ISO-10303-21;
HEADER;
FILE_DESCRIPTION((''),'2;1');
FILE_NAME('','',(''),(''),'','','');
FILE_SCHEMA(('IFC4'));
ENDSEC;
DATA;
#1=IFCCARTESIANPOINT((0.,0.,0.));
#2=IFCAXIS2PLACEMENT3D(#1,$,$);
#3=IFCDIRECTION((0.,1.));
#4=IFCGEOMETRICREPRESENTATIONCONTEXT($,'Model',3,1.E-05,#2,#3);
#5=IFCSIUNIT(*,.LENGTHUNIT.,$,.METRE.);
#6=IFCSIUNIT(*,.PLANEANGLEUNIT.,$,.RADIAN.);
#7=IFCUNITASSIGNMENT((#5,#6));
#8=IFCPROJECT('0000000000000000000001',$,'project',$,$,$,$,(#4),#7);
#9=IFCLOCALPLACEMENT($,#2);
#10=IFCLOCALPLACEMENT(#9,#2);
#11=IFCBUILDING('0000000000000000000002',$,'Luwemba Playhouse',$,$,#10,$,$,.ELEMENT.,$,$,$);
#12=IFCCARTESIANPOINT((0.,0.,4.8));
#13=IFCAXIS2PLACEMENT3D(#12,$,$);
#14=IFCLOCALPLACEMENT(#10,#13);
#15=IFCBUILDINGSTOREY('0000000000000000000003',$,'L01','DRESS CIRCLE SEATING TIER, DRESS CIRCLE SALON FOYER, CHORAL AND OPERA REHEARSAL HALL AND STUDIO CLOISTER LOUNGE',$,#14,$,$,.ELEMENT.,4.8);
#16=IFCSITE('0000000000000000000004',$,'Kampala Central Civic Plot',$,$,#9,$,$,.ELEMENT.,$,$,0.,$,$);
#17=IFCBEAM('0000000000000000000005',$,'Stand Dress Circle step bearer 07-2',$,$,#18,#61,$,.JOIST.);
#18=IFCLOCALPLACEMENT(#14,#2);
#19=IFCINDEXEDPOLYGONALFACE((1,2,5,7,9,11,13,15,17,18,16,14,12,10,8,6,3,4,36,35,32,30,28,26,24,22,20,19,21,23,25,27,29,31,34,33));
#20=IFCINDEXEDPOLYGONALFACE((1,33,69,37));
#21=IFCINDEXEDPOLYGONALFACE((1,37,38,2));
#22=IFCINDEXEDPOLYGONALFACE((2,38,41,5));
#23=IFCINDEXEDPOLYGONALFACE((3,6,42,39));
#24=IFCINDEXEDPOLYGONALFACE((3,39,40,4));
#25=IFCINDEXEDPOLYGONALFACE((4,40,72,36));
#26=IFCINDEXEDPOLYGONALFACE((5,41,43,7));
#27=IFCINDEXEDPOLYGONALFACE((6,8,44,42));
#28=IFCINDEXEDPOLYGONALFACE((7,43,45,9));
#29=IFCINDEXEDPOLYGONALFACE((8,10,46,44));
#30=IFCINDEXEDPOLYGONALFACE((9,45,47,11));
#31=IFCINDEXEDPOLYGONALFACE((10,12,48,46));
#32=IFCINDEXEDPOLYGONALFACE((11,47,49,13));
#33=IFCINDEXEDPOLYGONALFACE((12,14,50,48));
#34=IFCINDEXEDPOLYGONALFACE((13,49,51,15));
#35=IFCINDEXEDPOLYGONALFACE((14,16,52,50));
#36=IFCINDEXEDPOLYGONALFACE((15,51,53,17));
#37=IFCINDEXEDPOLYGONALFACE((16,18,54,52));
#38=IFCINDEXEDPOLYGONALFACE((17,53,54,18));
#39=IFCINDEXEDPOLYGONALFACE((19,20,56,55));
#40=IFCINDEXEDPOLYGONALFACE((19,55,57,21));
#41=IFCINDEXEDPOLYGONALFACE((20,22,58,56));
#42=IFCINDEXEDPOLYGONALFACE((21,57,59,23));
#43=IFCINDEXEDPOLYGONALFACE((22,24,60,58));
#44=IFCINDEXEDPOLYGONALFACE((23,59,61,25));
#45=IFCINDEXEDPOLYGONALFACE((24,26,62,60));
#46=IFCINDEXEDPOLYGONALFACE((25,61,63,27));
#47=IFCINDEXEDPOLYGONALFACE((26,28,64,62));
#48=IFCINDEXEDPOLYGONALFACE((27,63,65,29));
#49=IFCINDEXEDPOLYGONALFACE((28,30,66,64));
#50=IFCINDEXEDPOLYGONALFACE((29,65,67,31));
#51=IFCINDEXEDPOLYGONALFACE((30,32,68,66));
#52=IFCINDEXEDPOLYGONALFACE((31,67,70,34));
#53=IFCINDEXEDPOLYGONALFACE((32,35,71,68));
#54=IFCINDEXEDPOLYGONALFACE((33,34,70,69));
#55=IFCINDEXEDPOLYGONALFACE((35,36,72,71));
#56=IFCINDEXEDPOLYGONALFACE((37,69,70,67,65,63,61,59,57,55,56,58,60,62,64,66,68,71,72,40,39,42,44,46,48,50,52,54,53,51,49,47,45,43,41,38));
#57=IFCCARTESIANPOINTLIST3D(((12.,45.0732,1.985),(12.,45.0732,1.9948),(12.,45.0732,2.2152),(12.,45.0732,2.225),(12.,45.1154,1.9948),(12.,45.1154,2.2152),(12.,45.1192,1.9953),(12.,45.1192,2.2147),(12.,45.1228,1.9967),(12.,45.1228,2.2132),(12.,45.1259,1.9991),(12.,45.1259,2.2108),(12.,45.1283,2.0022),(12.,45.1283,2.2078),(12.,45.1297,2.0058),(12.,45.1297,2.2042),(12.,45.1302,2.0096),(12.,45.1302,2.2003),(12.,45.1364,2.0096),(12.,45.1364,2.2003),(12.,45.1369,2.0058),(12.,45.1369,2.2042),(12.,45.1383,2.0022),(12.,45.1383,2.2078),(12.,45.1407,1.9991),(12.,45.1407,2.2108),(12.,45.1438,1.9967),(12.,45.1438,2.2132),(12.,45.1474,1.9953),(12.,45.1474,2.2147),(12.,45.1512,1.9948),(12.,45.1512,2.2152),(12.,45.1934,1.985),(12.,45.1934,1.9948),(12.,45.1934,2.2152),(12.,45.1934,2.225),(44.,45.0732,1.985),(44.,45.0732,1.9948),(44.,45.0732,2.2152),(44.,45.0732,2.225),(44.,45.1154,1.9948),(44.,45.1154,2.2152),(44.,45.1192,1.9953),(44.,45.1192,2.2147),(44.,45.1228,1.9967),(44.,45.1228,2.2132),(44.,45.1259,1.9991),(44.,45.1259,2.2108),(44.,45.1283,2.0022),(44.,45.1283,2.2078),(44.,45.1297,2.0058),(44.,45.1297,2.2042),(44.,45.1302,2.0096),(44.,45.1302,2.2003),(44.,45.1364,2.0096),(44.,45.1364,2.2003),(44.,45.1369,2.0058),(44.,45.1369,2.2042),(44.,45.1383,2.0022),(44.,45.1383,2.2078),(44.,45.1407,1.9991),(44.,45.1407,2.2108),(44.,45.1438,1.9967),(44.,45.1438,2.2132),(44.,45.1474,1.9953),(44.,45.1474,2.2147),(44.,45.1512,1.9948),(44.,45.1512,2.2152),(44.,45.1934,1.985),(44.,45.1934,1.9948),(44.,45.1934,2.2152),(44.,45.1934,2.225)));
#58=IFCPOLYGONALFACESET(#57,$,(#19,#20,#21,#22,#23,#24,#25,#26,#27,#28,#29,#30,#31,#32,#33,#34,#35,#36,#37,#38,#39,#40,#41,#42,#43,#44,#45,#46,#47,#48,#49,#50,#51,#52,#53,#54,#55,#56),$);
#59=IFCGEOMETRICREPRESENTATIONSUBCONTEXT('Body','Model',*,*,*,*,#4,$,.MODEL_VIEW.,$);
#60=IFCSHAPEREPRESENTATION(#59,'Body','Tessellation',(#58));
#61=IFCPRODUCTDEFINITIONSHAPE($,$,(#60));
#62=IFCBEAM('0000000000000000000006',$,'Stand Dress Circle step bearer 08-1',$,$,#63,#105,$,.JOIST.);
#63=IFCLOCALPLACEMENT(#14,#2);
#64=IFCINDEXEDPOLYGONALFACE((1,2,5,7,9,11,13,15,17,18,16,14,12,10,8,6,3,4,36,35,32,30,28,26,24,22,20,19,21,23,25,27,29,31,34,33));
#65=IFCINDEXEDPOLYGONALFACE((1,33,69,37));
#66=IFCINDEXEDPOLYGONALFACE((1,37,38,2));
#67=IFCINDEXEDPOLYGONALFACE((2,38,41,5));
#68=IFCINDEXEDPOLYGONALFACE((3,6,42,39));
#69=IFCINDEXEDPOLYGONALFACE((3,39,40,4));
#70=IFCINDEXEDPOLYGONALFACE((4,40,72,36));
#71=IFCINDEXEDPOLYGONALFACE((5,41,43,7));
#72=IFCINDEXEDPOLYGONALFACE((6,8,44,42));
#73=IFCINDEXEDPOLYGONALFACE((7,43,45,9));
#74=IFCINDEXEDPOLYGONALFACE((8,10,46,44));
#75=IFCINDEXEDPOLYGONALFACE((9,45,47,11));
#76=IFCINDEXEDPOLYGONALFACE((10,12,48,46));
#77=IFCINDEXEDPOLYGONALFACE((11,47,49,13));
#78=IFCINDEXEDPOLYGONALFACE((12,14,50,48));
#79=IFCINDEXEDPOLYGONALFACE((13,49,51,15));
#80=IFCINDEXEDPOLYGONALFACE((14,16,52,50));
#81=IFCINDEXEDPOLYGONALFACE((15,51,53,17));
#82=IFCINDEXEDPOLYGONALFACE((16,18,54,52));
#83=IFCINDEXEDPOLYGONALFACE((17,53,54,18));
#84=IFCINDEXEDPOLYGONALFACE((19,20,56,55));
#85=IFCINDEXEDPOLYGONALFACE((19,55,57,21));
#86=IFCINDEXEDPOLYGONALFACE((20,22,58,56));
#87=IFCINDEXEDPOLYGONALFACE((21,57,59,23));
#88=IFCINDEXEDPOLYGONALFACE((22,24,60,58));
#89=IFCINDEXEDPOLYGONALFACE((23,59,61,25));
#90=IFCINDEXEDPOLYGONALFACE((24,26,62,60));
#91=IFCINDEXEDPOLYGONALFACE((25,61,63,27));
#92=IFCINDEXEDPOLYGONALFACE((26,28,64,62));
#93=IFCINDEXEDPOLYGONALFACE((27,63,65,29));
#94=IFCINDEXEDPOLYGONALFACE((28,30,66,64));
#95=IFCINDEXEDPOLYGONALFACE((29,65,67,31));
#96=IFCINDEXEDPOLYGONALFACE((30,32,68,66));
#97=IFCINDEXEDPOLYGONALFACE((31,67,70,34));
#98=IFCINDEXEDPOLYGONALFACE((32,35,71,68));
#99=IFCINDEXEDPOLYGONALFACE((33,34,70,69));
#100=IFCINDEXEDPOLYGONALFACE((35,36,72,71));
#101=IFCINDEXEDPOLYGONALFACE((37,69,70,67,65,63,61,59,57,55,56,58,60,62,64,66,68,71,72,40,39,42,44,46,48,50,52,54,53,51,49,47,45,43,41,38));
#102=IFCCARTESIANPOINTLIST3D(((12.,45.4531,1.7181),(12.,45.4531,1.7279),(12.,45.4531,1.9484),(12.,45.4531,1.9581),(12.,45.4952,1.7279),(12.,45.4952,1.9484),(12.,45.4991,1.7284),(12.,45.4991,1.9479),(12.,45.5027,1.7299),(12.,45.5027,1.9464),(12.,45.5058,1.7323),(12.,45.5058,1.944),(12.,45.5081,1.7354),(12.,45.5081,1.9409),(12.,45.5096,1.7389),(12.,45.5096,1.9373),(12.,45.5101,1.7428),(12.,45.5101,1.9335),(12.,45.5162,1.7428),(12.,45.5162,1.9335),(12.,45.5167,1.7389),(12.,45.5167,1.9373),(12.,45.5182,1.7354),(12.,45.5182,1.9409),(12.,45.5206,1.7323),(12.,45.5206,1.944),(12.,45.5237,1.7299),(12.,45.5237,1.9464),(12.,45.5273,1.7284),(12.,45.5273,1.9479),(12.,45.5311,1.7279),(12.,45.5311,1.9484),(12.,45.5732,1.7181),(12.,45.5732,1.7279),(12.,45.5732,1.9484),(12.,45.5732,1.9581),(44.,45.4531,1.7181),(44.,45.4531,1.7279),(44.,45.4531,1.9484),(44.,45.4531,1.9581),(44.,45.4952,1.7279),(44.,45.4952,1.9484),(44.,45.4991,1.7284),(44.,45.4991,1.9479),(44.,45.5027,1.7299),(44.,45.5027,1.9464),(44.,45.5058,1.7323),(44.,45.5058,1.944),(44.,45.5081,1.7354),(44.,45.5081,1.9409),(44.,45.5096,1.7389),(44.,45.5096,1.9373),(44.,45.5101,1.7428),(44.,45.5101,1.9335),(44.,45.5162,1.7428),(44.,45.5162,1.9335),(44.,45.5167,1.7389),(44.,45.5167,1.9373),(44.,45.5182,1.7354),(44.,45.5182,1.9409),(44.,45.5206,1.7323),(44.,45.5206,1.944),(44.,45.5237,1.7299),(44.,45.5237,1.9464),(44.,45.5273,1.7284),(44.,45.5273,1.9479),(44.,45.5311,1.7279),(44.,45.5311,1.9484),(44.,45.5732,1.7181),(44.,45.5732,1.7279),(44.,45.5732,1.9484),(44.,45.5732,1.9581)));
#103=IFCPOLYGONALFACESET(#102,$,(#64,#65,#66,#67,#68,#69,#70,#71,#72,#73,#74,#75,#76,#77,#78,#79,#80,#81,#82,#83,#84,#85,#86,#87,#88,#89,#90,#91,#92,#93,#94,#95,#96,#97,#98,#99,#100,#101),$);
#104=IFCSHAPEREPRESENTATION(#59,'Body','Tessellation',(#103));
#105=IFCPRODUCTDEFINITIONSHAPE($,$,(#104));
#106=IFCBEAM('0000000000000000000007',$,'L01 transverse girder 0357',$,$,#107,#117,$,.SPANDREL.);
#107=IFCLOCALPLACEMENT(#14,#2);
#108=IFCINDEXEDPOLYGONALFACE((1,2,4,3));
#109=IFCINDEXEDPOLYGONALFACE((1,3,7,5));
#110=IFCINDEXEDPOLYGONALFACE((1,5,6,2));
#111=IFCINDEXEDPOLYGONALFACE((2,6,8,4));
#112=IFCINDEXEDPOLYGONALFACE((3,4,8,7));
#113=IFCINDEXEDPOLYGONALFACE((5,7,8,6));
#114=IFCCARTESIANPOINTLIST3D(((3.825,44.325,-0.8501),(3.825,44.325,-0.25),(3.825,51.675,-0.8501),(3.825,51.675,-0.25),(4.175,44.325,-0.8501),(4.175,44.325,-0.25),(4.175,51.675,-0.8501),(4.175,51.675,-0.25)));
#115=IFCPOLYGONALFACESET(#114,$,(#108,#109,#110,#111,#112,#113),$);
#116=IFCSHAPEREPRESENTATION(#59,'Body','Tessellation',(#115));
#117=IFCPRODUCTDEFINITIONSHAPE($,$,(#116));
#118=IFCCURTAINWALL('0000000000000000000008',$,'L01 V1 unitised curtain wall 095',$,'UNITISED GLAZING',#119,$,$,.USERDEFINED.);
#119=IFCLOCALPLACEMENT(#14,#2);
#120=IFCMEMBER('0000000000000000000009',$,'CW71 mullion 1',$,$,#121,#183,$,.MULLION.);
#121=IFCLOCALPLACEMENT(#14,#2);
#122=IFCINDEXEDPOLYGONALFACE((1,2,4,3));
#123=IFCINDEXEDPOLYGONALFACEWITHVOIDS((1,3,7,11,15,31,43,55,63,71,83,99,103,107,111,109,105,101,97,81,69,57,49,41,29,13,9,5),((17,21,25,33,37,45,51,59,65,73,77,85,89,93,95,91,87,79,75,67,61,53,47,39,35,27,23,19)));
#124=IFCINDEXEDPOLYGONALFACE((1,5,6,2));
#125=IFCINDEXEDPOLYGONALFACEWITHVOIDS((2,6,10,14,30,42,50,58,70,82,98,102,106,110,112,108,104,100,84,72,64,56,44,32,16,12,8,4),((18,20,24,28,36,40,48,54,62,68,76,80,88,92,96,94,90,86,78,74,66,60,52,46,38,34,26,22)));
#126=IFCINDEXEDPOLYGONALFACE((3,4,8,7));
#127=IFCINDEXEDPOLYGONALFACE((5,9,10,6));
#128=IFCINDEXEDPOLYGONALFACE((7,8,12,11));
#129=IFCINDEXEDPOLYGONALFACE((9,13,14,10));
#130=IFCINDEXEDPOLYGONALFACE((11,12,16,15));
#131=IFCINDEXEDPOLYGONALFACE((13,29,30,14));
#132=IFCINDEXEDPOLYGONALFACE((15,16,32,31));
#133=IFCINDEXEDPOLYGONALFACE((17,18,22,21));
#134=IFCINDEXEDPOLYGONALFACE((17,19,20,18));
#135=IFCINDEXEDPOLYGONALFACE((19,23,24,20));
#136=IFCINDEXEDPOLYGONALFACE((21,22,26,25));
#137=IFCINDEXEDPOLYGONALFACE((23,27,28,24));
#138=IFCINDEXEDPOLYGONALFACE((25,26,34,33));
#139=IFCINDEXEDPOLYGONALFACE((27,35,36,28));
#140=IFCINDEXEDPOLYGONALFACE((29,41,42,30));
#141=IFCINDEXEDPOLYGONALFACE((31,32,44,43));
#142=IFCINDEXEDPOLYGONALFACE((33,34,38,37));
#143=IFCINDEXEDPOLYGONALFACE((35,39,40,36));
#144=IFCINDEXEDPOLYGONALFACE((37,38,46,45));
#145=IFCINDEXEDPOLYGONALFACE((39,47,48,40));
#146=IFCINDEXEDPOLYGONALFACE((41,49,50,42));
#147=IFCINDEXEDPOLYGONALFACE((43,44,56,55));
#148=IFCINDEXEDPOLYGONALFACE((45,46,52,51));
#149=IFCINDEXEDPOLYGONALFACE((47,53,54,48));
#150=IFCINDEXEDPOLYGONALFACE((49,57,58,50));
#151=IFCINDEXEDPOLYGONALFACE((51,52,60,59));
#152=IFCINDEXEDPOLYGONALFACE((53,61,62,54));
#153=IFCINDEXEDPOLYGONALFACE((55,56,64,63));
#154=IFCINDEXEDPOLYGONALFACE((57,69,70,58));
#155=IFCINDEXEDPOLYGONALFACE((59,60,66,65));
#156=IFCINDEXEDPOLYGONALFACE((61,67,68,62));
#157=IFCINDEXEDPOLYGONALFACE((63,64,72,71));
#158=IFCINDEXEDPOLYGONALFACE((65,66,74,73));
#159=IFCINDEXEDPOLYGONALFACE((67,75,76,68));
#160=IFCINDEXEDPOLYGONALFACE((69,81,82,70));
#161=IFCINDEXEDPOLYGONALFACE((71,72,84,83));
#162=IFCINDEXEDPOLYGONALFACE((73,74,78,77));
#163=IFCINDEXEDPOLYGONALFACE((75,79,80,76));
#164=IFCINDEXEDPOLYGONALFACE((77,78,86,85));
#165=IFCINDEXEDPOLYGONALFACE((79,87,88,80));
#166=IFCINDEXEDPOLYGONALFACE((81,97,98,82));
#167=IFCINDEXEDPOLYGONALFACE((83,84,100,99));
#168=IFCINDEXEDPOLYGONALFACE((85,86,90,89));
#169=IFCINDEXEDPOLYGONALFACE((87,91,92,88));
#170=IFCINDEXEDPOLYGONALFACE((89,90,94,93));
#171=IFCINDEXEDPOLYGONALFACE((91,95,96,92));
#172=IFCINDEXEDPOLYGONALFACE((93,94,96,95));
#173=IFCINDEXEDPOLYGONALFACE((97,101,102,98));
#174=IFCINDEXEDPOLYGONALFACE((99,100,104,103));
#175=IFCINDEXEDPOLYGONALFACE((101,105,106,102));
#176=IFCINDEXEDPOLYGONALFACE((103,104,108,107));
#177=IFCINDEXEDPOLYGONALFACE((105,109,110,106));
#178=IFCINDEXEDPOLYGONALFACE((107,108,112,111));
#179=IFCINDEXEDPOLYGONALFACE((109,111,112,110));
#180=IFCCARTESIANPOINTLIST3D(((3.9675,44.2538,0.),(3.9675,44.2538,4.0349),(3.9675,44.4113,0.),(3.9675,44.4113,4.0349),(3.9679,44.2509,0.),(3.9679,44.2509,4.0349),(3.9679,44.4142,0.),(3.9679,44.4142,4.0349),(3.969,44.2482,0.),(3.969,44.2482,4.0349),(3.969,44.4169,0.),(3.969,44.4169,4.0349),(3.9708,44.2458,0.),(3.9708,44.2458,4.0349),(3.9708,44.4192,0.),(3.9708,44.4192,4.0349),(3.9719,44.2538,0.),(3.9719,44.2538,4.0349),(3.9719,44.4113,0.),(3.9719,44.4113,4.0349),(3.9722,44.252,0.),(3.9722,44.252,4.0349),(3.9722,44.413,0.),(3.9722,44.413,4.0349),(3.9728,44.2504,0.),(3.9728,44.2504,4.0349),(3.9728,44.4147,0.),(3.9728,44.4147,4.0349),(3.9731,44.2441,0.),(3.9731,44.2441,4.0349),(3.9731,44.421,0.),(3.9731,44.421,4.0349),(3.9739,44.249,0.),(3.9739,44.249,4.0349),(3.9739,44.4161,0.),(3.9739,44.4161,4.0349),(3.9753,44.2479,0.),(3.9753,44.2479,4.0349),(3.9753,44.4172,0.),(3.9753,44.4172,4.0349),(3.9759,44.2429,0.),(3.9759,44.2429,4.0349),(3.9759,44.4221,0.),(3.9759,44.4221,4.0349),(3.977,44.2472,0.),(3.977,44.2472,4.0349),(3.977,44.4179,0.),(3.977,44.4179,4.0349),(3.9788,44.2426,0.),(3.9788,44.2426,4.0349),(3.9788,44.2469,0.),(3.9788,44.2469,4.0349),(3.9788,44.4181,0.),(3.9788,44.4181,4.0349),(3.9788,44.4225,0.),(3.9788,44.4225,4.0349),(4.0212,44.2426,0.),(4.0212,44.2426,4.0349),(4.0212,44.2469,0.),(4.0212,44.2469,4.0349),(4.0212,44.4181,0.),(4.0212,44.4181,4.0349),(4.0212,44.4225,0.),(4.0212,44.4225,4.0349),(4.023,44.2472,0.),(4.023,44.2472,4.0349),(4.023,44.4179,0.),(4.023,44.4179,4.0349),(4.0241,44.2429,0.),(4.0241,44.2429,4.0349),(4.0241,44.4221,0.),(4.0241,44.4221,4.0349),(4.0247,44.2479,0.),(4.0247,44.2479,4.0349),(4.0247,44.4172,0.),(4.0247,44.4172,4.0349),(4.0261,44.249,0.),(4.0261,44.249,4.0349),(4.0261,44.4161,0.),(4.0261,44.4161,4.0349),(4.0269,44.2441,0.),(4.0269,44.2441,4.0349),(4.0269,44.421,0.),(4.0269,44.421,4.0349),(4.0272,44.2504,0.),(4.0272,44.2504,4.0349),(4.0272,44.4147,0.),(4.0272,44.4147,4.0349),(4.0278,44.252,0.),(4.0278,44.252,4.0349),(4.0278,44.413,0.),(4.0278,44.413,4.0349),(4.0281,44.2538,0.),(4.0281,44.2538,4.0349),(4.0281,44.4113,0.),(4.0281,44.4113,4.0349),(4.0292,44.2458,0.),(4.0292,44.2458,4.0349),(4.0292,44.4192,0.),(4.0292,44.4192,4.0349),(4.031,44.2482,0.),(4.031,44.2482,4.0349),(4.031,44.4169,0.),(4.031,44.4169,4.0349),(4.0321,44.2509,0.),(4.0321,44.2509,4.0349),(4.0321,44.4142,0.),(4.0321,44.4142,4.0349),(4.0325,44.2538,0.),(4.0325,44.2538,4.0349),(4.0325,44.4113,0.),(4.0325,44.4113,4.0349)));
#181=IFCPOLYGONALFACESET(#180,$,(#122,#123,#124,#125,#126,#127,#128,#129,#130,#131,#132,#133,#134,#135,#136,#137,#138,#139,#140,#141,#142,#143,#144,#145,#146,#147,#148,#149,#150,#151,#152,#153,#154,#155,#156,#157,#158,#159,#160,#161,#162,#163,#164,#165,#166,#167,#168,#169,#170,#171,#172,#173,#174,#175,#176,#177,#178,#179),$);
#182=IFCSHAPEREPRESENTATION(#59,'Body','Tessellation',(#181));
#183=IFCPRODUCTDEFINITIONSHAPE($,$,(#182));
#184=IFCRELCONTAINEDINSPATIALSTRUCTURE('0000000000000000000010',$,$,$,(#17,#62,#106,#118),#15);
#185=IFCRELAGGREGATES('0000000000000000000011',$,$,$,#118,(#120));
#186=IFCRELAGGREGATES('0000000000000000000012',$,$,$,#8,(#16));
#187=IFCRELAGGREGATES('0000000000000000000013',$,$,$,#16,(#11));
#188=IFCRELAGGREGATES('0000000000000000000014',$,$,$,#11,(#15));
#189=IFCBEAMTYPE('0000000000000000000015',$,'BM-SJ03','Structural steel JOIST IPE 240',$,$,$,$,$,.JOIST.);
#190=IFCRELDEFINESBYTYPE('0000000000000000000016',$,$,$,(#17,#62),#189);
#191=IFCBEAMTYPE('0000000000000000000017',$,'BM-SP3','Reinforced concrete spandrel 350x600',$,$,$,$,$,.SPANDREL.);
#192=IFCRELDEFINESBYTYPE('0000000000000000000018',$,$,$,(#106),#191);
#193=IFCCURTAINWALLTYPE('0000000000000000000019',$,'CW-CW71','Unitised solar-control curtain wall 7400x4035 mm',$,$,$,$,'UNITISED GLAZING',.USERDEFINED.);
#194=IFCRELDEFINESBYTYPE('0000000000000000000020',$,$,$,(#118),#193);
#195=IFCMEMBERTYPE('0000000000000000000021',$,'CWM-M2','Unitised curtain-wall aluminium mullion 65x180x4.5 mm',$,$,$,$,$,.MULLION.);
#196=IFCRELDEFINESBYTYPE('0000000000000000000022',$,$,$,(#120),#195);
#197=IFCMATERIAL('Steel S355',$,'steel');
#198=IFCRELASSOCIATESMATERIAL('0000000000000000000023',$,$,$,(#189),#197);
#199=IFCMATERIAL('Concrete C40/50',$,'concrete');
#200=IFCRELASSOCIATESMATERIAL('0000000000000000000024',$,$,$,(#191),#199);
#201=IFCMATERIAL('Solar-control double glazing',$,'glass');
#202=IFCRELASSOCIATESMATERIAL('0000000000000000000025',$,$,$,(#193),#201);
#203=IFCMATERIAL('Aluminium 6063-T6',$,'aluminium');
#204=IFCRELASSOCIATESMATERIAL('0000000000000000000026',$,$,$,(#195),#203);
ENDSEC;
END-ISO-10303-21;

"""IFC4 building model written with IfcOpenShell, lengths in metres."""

from ifc_helpers import new_model, si_unit, direction, frame, origin, origin_2d, place, context, subcontext, project, spatial, rectangle, hollow_rectangle, i_section, extrude, material, material_profile, profile_set, type_object, element, aggregate, save


model = new_model("IFC4")

# Units and contexts
model_context = context("Model", 3, precision=1e-05, world=origin(), true_north=direction((0.0, 1.0)))
body_context = subcontext(model_context, "Body", "Model", "MODEL_VIEW")
ifc_project = project(units=[si_unit("LENGTHUNIT", "METRE"), si_unit("PLANEANGLEUNIT", "RADIAN")], contexts=[model_context])

# Site, building, storey
site_placement = place(None, origin())
site = spatial("IfcSite", under=ifc_project, at=site_placement, Name="Kampala Central Civic Plot", CompositionType="ELEMENT", RefElevation=0.0)
building_placement = place(site_placement, origin())
building = spatial("IfcBuilding", under=site, at=building_placement, Name="Luwemba Playhouse", CompositionType="ELEMENT")
storey_placement = place(building_placement, frame((0.0, 0.0, 4.8)))
storey = spatial("IfcBuildingStorey", under=building, at=storey_placement, Name="L01", Description="DRESS CIRCLE SEATING TIER, DRESS CIRCLE SALON FOYER, CHORAL AND OPERA REHEARSAL HALL AND STUDIO CLOISTER LOUNGE", CompositionType="ELEMENT", Elevation=4.8)

# Shared definitions
ifc_material_1 = material(Name="Concrete C40/50", Category="concrete")

# Beams
ifc_material_2 = material(Name="Steel S355", Category="steel")
ifc_material_profile_1 = material_profile(ifc_material_2, i_section(OverallWidth=0.1201, OverallDepth=0.24, WebThickness=0.0061, FlangeThickness=0.0098, FilletRadius=0.0149, at=origin_2d()))
ifc_profile_set_1 = profile_set([ifc_material_profile_1], Name="Steel S355")
beam_type_1 = type_object("IfcBeamType", Name="BM-SJ03", Description="Structural steel JOIST IPE 240", PredefinedType="JOIST", material=ifc_profile_set_1)
for number, where, z_axis, x_axis, name in (
    (1, (12.0, 45.1333, 2.105), (1.0, 0.0, 0.0), (0.0, 1.0, 0.0), "Stand Dress Circle step bearer 07-2"),
    (2, (12.0, 45.5132, 1.8381), (1.0, 0.0, 0.0), (0.0, 1.0, 0.0), "Stand Dress Circle step bearer 08-1"),
):
    element("IfcBeam", number, at=place(storey_placement, frame(where, z_axis=z_axis, x_axis=x_axis)), inside=storey, type_object=beam_type_1, Name=name, PredefinedType="JOIST", context=body_context, shape_type="SweptSolid", body=[
        extrude(i_section(OverallWidth=0.1201, OverallDepth=0.24, WebThickness=0.0061, FlangeThickness=0.0098, FilletRadius=0.0149, at=origin_2d()), origin(), (0.0, 0.0, 1.0), 32.0),
    ])
ifc_material_profile_2 = material_profile(ifc_material_1, rectangle(XDim=0.3501, YDim=0.6001, at=origin_2d()))
ifc_profile_set_2 = profile_set([ifc_material_profile_2], Name="Concrete C40/50")
beam_type_2 = type_object("IfcBeamType", Name="BM-SP3", Description="Reinforced concrete spandrel 350x600", PredefinedType="SPANDREL", material=ifc_profile_set_2)
beam_1_placement = place(storey_placement, frame((4.0, 44.325, -0.55), z_axis=(0.0, 1.0, 0.0), x_axis=(-1.0, 0.0, 0.0)))
element("IfcBeam", 3, at=beam_1_placement, inside=storey, type_object=beam_type_2, Name="L01 transverse girder 0357", PredefinedType="SPANDREL", context=body_context, shape_type="SweptSolid", body=[
    extrude(rectangle(XDim=0.3501, YDim=0.6001, at=origin_2d()), origin(), (0.0, 0.0, 1.0), 7.3501),
])

# Curtain wall, member
ifc_material_3 = material(Name="Solar-control double glazing", Category="glass")
curtain_wall_type = type_object("IfcCurtainWallType", Name="CW-CW71", Description="Unitised solar-control curtain wall 7400x4035 mm", ElementType="UNITISED GLAZING", PredefinedType="USERDEFINED", material=ifc_material_3)
curtain_wall_placement = place(storey_placement, origin())
curtain_wall = element("IfcCurtainWall", 4, at=curtain_wall_placement, inside=storey, type_object=curtain_wall_type, Name="L01 V1 unitised curtain wall 095", ObjectType="UNITISED GLAZING", PredefinedType="USERDEFINED")
ifc_material_4 = material(Name="Aluminium 6063-T6", Category="aluminium")
ifc_material_profile_3 = material_profile(ifc_material_4, hollow_rectangle(XDim=0.0649, YDim=0.1799, WallThickness=0.0044, InnerFilletRadius=0.0068, OuterFilletRadius=0.0112, at=origin_2d()))
ifc_profile_set_3 = profile_set([ifc_material_profile_3], Name="Aluminium 6063-T6")
member_type_1 = type_object("IfcMemberType", Name="CWM-M2", Description="Unitised curtain-wall aluminium mullion 65x180x4.5 mm", PredefinedType="MULLION", material=ifc_profile_set_3)
member_1_placement = place(storey_placement, frame((4.0, 44.3325, 0.0), z_axis=(0.0, 0.0, 1.0), x_axis=(-1.0, 0.0, 0.0)))
member_1 = element("IfcMember", 5, at=member_1_placement, type_object=member_type_1, Name="CW71 mullion 1", PredefinedType="MULLION", context=body_context, shape_type="SweptSolid", body=[
    extrude(hollow_rectangle(XDim=0.0649, YDim=0.1799, WallThickness=0.0044, InnerFilletRadius=0.0068, OuterFilletRadius=0.0112, at=origin_2d()), origin(), (0.0, 0.0, 1.0), 4.0349),
])
aggregate(curtain_wall, [member_1])

save(model, "model.ifc")
